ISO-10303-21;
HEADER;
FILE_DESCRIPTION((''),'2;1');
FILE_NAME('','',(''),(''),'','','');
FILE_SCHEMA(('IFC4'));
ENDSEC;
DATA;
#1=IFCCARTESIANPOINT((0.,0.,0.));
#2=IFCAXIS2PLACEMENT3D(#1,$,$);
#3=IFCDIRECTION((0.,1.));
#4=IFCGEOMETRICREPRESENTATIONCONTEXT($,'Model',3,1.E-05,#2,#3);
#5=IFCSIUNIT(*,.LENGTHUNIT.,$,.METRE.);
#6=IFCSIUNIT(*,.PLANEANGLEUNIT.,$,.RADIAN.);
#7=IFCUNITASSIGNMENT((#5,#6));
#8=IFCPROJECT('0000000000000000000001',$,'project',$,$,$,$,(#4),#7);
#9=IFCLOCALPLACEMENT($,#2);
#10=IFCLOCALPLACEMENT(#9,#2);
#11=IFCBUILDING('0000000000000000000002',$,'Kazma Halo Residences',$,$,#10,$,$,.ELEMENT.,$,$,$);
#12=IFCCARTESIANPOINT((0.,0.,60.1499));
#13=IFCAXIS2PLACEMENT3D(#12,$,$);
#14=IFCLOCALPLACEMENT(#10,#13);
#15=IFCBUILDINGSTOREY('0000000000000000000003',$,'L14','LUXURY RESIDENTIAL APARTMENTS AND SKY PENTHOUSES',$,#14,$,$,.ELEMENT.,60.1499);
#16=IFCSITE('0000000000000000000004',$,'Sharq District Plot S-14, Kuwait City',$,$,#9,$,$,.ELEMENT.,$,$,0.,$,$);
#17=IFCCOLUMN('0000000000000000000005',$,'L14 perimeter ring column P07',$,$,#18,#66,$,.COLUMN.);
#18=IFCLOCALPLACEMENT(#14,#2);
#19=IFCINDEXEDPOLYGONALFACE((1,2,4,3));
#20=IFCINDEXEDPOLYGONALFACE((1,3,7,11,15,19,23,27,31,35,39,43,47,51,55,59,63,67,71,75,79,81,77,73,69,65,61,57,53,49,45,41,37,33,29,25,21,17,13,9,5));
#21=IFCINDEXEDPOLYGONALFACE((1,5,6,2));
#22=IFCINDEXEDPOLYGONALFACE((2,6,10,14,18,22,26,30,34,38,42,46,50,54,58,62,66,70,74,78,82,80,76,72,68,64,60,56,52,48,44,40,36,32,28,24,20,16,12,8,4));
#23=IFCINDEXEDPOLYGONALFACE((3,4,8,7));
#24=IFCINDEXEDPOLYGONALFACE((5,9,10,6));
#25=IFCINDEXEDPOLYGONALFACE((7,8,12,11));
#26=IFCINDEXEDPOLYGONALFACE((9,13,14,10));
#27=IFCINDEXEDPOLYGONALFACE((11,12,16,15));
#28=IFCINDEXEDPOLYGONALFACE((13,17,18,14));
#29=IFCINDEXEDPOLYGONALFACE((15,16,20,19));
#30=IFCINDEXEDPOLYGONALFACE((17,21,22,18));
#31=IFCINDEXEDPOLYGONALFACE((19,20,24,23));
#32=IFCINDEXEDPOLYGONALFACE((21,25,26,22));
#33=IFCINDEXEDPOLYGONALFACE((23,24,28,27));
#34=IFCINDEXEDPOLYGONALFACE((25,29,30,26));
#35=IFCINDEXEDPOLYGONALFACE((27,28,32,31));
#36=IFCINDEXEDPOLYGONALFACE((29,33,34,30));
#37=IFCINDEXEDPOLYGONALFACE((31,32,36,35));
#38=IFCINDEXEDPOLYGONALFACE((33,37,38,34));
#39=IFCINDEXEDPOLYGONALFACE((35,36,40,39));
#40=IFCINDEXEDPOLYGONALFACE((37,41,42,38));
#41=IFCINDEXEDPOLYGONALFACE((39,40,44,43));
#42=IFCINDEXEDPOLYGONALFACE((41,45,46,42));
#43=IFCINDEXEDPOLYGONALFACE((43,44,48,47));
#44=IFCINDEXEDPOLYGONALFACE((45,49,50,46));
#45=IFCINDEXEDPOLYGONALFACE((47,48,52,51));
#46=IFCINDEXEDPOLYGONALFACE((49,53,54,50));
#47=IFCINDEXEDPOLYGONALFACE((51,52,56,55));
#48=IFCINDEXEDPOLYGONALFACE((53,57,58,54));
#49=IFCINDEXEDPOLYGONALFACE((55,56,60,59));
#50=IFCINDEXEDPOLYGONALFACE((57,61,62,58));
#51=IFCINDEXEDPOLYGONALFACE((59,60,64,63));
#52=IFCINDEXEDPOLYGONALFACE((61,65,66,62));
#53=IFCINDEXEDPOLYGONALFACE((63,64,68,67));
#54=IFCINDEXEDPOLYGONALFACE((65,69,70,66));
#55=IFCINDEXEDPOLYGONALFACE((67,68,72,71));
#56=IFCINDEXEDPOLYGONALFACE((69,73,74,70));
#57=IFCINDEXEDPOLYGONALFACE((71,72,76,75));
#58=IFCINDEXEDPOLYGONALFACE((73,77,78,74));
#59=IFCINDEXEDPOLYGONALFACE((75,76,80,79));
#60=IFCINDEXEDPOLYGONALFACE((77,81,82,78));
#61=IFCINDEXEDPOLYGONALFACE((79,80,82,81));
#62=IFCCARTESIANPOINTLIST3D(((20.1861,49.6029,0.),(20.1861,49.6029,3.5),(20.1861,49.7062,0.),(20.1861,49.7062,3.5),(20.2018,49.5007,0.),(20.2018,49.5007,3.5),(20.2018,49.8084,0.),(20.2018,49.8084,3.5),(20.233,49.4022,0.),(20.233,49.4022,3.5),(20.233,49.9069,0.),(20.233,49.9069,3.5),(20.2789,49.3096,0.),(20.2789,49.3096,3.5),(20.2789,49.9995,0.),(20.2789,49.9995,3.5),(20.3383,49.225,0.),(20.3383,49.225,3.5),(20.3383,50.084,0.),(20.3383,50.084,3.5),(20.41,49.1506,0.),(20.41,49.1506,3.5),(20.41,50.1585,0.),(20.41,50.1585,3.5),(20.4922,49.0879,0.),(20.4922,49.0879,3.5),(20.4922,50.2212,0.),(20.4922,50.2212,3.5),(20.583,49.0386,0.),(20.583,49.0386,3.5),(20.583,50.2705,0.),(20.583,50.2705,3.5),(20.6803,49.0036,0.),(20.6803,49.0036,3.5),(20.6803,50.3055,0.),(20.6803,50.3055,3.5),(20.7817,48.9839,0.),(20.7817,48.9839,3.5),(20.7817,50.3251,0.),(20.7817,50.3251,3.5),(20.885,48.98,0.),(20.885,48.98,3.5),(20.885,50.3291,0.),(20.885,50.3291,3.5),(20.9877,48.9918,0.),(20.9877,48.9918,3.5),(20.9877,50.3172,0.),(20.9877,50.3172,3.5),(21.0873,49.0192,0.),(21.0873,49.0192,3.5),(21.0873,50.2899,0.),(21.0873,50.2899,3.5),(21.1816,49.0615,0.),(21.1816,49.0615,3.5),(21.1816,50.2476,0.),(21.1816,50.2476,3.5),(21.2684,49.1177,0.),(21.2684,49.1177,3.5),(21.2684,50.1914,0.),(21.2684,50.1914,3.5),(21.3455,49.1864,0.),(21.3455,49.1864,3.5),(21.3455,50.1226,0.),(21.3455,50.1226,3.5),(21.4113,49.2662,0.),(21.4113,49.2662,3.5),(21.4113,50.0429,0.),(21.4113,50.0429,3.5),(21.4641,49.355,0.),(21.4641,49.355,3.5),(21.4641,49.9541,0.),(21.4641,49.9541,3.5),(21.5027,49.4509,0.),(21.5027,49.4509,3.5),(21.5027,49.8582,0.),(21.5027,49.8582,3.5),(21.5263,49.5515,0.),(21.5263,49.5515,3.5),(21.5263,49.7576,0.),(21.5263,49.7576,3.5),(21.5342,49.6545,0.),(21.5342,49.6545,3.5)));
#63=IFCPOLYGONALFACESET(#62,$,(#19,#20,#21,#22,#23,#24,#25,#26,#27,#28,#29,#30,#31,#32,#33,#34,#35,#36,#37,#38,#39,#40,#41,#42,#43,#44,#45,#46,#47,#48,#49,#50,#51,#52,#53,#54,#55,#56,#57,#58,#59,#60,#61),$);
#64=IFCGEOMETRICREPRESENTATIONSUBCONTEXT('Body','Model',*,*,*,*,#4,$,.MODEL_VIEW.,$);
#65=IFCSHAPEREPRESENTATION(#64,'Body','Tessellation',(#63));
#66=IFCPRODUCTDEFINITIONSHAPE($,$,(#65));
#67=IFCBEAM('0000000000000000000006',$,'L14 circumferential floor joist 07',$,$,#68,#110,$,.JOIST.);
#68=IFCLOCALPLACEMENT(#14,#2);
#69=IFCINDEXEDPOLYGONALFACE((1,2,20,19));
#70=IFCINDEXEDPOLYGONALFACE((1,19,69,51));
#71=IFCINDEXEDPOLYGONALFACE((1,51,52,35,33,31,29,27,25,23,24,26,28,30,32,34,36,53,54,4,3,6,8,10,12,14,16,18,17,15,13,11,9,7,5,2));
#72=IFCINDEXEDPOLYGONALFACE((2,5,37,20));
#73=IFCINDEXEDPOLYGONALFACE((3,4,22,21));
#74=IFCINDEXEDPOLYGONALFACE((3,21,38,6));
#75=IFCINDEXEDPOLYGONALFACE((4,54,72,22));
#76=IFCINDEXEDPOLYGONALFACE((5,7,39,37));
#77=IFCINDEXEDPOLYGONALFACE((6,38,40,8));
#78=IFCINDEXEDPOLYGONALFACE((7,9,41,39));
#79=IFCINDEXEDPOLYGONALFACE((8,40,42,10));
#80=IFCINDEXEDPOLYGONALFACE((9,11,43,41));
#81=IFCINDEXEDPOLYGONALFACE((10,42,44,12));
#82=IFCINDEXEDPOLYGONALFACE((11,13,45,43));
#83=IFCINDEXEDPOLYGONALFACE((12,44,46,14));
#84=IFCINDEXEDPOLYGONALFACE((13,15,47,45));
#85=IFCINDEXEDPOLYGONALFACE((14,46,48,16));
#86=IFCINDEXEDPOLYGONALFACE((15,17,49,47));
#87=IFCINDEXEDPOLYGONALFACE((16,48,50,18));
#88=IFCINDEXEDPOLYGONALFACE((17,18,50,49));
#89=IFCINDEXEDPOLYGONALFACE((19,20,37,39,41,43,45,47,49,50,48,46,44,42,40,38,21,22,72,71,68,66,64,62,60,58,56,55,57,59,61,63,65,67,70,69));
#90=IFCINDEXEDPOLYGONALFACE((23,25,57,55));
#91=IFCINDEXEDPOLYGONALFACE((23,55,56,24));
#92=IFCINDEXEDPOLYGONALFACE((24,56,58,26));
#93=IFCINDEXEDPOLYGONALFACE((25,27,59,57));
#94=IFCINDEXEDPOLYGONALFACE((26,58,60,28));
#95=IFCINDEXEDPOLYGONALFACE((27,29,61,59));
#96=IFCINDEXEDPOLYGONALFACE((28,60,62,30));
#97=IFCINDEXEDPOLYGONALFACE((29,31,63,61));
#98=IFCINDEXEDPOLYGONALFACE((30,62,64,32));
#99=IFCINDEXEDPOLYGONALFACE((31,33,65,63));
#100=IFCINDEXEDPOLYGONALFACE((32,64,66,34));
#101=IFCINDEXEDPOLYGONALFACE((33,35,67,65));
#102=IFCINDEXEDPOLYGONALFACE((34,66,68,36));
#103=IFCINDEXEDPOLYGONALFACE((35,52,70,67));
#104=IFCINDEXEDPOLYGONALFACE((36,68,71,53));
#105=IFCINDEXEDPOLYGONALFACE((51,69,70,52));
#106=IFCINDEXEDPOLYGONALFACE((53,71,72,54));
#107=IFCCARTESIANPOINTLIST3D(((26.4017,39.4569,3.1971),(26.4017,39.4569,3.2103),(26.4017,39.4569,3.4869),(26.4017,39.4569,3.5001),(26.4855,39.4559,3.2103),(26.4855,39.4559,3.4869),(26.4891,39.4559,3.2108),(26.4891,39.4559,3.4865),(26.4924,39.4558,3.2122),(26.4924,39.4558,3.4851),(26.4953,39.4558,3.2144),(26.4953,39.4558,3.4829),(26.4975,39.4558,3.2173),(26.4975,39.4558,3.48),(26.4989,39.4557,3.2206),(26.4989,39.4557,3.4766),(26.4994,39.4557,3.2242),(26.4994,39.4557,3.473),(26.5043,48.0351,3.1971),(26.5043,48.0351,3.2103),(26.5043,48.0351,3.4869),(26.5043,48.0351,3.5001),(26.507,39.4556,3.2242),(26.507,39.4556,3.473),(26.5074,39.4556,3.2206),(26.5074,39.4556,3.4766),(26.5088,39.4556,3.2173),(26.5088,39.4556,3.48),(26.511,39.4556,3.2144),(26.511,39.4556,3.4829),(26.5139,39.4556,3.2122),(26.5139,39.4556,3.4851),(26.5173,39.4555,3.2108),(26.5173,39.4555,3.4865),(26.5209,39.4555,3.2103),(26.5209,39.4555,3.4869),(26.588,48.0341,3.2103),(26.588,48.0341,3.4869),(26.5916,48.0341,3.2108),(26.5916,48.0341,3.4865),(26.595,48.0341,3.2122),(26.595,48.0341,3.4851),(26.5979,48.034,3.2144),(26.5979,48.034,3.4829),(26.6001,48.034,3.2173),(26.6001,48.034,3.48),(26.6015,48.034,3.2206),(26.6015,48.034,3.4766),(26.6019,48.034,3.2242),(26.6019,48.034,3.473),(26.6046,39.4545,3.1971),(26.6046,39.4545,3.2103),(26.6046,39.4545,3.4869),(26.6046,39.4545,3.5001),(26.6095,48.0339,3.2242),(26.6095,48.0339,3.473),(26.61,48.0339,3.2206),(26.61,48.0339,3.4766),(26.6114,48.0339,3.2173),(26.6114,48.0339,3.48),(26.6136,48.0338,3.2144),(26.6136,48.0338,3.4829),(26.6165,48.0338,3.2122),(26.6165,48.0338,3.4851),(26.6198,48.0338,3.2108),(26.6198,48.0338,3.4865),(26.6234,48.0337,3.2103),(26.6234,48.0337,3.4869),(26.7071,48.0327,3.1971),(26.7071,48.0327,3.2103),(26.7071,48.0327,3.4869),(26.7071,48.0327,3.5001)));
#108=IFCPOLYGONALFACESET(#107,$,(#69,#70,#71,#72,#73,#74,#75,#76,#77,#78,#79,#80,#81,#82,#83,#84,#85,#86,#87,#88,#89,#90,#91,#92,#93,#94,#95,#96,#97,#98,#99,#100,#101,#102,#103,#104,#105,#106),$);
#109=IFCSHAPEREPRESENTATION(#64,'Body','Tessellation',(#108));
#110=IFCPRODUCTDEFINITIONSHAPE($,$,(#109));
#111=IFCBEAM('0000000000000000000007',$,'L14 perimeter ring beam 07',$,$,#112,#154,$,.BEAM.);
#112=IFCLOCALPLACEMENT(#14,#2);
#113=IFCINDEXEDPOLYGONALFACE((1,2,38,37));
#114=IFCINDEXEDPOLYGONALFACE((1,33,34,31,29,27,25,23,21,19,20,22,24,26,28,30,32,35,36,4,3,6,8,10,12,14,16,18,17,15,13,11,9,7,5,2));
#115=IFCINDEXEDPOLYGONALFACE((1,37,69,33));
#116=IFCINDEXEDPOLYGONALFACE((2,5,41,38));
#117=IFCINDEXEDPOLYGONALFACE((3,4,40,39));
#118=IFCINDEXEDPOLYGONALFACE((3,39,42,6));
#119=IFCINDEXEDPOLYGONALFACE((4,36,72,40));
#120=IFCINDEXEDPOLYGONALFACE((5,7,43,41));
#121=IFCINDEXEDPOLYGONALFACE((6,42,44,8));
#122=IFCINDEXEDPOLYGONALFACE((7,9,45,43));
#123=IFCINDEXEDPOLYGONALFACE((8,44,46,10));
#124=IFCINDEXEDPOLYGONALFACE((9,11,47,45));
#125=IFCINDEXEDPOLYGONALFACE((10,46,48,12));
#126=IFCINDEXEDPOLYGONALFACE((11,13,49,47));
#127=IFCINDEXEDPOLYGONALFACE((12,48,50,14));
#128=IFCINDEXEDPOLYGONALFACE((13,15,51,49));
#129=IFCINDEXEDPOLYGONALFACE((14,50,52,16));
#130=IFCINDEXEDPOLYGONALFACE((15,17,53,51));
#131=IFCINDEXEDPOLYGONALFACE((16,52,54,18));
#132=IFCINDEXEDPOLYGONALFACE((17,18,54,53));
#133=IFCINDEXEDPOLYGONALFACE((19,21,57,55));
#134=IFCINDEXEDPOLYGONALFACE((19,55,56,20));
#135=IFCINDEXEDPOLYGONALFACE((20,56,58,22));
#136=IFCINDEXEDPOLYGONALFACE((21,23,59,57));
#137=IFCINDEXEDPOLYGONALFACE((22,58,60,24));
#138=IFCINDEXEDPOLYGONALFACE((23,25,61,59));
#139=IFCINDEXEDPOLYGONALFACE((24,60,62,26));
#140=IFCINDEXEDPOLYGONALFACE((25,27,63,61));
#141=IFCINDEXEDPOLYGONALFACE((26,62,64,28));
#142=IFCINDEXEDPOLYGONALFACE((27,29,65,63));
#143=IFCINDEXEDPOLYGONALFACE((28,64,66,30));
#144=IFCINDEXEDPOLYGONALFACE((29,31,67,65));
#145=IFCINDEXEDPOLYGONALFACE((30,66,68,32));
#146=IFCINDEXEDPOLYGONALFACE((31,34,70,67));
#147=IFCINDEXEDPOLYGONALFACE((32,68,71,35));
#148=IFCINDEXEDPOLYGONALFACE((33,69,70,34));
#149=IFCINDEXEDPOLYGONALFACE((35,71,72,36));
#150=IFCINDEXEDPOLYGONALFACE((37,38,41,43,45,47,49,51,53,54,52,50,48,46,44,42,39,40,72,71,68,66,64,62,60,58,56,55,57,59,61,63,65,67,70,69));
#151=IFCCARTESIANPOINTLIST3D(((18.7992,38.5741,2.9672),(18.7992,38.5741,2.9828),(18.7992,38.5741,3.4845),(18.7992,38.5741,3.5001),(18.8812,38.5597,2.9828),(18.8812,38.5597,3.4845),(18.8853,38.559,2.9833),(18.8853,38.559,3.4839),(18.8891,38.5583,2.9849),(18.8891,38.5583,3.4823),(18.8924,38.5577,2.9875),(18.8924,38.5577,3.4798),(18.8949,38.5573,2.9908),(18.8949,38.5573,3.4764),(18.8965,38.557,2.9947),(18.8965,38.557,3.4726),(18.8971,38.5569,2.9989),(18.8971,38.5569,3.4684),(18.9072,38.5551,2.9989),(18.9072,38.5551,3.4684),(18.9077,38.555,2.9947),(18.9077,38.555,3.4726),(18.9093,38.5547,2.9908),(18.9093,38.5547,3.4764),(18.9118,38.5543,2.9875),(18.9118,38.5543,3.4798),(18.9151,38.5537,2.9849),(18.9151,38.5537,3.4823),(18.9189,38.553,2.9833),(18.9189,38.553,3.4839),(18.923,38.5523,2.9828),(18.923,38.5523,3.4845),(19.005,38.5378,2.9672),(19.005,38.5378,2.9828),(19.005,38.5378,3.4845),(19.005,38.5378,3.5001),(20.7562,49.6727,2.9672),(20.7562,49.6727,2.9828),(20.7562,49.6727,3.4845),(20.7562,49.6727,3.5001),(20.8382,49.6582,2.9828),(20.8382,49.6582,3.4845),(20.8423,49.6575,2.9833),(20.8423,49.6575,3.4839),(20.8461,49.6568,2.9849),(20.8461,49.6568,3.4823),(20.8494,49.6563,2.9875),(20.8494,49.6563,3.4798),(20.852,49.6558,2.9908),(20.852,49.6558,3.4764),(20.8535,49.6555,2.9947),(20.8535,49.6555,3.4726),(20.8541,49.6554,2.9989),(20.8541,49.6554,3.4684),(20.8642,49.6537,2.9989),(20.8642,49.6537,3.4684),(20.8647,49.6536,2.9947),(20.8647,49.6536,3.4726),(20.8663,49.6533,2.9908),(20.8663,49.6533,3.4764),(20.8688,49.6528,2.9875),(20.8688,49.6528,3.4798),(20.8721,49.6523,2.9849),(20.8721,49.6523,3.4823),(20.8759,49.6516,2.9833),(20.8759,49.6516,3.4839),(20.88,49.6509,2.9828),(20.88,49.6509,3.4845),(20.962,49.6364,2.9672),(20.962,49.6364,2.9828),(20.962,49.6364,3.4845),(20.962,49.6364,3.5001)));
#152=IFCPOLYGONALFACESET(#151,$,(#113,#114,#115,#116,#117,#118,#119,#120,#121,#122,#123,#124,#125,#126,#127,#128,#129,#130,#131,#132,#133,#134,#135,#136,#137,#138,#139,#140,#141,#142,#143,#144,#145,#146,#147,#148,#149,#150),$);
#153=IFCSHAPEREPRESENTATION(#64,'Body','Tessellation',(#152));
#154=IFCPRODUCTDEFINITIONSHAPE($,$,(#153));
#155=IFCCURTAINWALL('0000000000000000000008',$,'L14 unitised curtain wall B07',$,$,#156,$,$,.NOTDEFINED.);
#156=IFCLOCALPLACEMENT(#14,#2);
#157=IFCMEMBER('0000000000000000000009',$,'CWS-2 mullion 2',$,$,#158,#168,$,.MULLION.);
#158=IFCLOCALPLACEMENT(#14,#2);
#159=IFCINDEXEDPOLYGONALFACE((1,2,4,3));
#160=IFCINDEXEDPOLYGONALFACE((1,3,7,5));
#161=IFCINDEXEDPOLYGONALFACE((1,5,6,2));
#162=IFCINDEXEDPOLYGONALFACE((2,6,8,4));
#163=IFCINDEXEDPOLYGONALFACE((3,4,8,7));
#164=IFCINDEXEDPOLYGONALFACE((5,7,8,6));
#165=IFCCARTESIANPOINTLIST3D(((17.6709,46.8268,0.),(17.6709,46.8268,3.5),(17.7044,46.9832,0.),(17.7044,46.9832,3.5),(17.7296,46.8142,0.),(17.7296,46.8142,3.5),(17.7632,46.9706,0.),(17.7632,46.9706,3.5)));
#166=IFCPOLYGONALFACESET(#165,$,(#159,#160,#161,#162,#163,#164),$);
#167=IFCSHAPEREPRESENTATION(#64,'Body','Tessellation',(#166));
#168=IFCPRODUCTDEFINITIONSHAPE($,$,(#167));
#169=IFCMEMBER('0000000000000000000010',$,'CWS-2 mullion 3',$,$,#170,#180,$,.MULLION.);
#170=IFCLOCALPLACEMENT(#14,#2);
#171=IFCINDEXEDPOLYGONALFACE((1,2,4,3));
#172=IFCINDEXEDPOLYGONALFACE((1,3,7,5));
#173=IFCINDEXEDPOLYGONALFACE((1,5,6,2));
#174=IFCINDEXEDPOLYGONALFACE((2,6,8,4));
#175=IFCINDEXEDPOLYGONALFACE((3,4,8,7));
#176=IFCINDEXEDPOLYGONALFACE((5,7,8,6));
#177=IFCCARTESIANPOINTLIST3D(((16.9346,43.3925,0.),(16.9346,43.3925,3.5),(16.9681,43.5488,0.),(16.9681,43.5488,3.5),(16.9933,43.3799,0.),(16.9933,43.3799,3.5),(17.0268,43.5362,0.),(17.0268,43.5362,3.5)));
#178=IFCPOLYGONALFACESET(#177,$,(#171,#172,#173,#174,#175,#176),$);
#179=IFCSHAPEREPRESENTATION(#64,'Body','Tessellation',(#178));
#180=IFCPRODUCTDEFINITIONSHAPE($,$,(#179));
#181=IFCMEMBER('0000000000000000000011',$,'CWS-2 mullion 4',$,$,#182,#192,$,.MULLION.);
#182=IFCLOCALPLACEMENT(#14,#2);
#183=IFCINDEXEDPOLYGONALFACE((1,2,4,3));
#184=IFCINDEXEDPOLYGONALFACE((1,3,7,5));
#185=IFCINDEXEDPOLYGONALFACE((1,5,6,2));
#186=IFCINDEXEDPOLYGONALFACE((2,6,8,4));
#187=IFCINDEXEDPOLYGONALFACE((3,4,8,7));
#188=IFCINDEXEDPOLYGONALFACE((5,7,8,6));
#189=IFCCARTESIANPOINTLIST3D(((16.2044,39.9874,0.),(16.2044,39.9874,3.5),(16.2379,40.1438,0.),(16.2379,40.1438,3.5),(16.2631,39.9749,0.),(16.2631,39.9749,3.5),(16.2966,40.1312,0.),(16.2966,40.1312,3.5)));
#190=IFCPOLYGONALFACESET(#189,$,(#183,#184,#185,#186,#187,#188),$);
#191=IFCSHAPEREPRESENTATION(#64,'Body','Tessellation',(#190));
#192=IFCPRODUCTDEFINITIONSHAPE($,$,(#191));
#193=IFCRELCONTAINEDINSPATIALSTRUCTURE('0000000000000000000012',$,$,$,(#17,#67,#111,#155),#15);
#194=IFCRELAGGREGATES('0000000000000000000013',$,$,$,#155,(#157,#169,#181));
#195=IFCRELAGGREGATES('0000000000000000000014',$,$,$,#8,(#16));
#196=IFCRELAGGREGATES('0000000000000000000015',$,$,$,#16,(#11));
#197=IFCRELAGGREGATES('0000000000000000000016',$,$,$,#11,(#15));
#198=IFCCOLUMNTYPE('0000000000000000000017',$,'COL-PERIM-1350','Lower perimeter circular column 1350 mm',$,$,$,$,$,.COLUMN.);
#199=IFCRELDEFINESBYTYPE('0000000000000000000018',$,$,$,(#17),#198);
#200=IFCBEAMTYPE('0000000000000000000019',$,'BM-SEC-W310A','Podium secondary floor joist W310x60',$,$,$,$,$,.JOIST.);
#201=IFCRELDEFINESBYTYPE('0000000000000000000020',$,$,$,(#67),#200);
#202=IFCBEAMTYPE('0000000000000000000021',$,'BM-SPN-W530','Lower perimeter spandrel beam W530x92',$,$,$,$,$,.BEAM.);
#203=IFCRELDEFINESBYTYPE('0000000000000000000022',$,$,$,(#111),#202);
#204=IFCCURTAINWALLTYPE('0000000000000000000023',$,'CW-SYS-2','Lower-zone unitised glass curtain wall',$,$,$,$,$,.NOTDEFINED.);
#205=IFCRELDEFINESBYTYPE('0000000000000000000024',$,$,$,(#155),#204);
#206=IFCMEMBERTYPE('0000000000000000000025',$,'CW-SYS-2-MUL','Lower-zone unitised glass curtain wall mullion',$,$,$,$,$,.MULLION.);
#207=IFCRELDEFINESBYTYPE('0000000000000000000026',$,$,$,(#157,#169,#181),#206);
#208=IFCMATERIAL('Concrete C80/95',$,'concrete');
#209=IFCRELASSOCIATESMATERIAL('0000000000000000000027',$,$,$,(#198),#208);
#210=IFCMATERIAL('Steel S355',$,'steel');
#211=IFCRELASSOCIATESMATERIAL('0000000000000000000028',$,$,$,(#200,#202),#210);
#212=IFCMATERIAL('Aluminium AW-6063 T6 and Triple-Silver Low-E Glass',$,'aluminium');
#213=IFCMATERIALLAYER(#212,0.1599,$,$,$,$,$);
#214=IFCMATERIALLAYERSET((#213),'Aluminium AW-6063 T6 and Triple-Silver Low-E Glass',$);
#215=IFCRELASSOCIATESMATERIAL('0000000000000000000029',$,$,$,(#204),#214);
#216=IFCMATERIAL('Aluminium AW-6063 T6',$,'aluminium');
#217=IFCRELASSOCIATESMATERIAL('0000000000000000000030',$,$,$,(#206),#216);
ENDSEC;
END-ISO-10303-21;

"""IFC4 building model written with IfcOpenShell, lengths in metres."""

from ifc_helpers import new_model, si_unit, direction, frame, origin, origin_2d, place, context, subcontext, project, spatial, rectangle, circle, i_section, extrude, material, layer, layer_set, material_profile, profile_set, type_object, element, aggregate, save


model = new_model("IFC4")

# Units and contexts
model_context = context("Model", 3, precision=1e-05, world=origin(), true_north=direction((0.0, 1.0)))
body_context = subcontext(model_context, "Body", "Model", "MODEL_VIEW")
ifc_project = project(units=[si_unit("LENGTHUNIT", "METRE"), si_unit("PLANEANGLEUNIT", "RADIAN")], contexts=[model_context])

# Site, building, storey
site_placement = place(None, origin())
site = spatial("IfcSite", under=ifc_project, at=site_placement, Name="Sharq District Plot S-14, Kuwait City", CompositionType="ELEMENT", RefElevation=0.0)
building_placement = place(site_placement, origin())
building = spatial("IfcBuilding", under=site, at=building_placement, Name="Kazma Halo Residences", CompositionType="ELEMENT")
storey_placement = place(building_placement, frame((0.0, 0.0, 60.1499)))
storey = spatial("IfcBuildingStorey", under=building, at=storey_placement, Name="L14", Description="LUXURY RESIDENTIAL APARTMENTS AND SKY PENTHOUSES", CompositionType="ELEMENT", Elevation=60.1499)

# Column
ifc_material_1 = material(Name="Concrete C80/95", Category="concrete")
ifc_material_profile_1 = material_profile(ifc_material_1, circle(Radius=0.675, at=origin_2d()), Name="CIRC1350")
ifc_profile_set_1 = profile_set([ifc_material_profile_1], Name="Concrete C80/95")
column_type = type_object("IfcColumnType", Name="COL-PERIM-1350", Description="Lower perimeter circular column 1350 mm", PredefinedType="COLUMN", material=ifc_profile_set_1)
column_placement = place(storey_placement, frame((20.8591, 49.6545, 0.0), z_axis=(0.0, 0.0, 1.0), x_axis=(1.0, 0.0, 0.0)))
element("IfcColumn", 1, at=column_placement, inside=storey, type_object=column_type, Name="L14 perimeter ring column P07", PredefinedType="COLUMN", context=body_context, shape_type="SweptSolid", body=[
    extrude(circle(Radius=0.675, at=origin_2d()), origin(), (0.0, 0.0, 1.0), 3.5),
])

# Beams
ifc_material_2 = material(Name="Steel S355", Category="steel")
ifc_material_profile_2 = material_profile(ifc_material_2, i_section(OverallWidth=0.2029, OverallDepth=0.303, WebThickness=0.0076, FlangeThickness=0.0132, FilletRadius=0.0139, at=origin_2d()), Name="W310x60")
ifc_profile_set_2 = profile_set([ifc_material_profile_2], Name="Steel S355")
beam_type_1 = type_object("IfcBeamType", Name="BM-SEC-W310A", Description="Podium secondary floor joist W310x60", PredefinedType="JOIST", material=ifc_profile_set_2)
beam_1_placement = place(storey_placement, frame((26.6057, 48.0339, 3.3486), z_axis=(-0.011953, -0.999929, 0.0), x_axis=(0.999929, -0.011953, 0.0)))
element("IfcBeam", 2, at=beam_1_placement, inside=storey, type_object=beam_type_1, Name="L14 circumferential floor joist 07", PredefinedType="JOIST", context=body_context, shape_type="SweptSolid", body=[
    extrude(i_section(OverallWidth=0.2029, OverallDepth=0.303, WebThickness=0.0076, FlangeThickness=0.0132, FilletRadius=0.0139, at=origin_2d()), origin(), (0.0, 0.0, 1.0), 8.5789),
])
ifc_material_profile_3 = material_profile(ifc_material_2, i_section(OverallWidth=0.209, OverallDepth=0.533, WebThickness=0.0103, FlangeThickness=0.0156, FilletRadius=0.0161, at=origin_2d()), Name="W530x92")
ifc_profile_set_3 = profile_set([ifc_material_profile_3], Name="Steel S355")
beam_type_2 = type_object("IfcBeamType", Name="BM-SPN-W530", Description="Lower perimeter spandrel beam W530x92", PredefinedType="BEAM", material=ifc_profile_set_3)
beam_2_placement = place(storey_placement, frame((20.8591, 49.6545, 3.2336), z_axis=(-0.173652, -0.984807, 0.0), x_axis=(0.984807, -0.173652, 0.0)))
element("IfcBeam", 3, at=beam_2_placement, inside=storey, type_object=beam_type_2, Name="L14 perimeter ring beam 07", PredefinedType="BEAM", context=body_context, shape_type="SweptSolid", body=[
    extrude(i_section(OverallWidth=0.209, OverallDepth=0.533, WebThickness=0.0103, FlangeThickness=0.0156, FilletRadius=0.0161, at=origin_2d()), origin(), (0.0, 0.0, 1.0), 11.2698),
])

# Curtain wall, members
ifc_material_3 = material(Name="Aluminium AW-6063 T6 and Triple-Silver Low-E Glass", Category="aluminium")
ifc_layer_1 = layer(ifc_material_3, 0.1599)
ifc_layer_set_1 = layer_set([ifc_layer_1], Name="Aluminium AW-6063 T6 and Triple-Silver Low-E Glass")
curtain_wall_type = type_object("IfcCurtainWallType", Name="CW-SYS-2", Description="Lower-zone unitised glass curtain wall", PredefinedType="NOTDEFINED", material=ifc_layer_set_1)
curtain_wall_placement = place(storey_placement, origin())
curtain_wall = element("IfcCurtainWall", 4, at=curtain_wall_placement, inside=storey, type_object=curtain_wall_type, Name="L14 unitised curtain wall B07", PredefinedType="NOTDEFINED")
ifc_material_4 = material(Name="Aluminium AW-6063 T6", Category="aluminium")
ifc_material_profile_4 = material_profile(ifc_material_4, rectangle(XDim=0.0601, YDim=0.1599, at=origin_2d()), Name="CWM-60x160")
ifc_profile_set_4 = profile_set([ifc_material_profile_4], Name="Aluminium AW-6063 T6")
member_type_1 = type_object("IfcMemberType", Name="CW-SYS-2-MUL", Description="Lower-zone unitised glass curtain wall mullion", PredefinedType="MULLION", material=ifc_profile_set_4)
member_1_placement = place(storey_placement, frame((17.717, 46.8987, 0.0), z_axis=(0.0, 0.0, 1.0), x_axis=(0.977779, -0.209637, 0.0)))
member_1 = element("IfcMember", 5, at=member_1_placement, type_object=member_type_1, Name="CWS-2 mullion 2", PredefinedType="MULLION", context=body_context, shape_type="SweptSolid", body=[
    extrude(rectangle(XDim=0.0601, YDim=0.1599, at=origin_2d()), origin(), (0.0, 0.0, 1.0), 3.5),
])
member_2_placement = place(storey_placement, frame((16.9807, 43.4644, 0.0), z_axis=(0.0, 0.0, 1.0), x_axis=(0.977779, -0.209637, 0.0)))
member_2 = element("IfcMember", 6, at=member_2_placement, type_object=member_type_1, Name="CWS-2 mullion 3", PredefinedType="MULLION", context=body_context, shape_type="SweptSolid", body=[
    extrude(rectangle(XDim=0.0601, YDim=0.1599, at=origin_2d()), origin(), (0.0, 0.0, 1.0), 3.5),
])
member_3_placement = place(storey_placement, frame((16.2505, 40.0593, 0.0), z_axis=(0.0, 0.0, 1.0), x_axis=(0.977779, -0.209637, 0.0)))
member_3 = element("IfcMember", 7, at=member_3_placement, type_object=member_type_1, Name="CWS-2 mullion 4", PredefinedType="MULLION", context=body_context, shape_type="SweptSolid", body=[
    extrude(rectangle(XDim=0.0601, YDim=0.1599, at=origin_2d()), origin(), (0.0, 0.0, 1.0), 3.5),
])
aggregate(curtain_wall, [member_1, member_2, member_3])

save(model, "model.ifc")
